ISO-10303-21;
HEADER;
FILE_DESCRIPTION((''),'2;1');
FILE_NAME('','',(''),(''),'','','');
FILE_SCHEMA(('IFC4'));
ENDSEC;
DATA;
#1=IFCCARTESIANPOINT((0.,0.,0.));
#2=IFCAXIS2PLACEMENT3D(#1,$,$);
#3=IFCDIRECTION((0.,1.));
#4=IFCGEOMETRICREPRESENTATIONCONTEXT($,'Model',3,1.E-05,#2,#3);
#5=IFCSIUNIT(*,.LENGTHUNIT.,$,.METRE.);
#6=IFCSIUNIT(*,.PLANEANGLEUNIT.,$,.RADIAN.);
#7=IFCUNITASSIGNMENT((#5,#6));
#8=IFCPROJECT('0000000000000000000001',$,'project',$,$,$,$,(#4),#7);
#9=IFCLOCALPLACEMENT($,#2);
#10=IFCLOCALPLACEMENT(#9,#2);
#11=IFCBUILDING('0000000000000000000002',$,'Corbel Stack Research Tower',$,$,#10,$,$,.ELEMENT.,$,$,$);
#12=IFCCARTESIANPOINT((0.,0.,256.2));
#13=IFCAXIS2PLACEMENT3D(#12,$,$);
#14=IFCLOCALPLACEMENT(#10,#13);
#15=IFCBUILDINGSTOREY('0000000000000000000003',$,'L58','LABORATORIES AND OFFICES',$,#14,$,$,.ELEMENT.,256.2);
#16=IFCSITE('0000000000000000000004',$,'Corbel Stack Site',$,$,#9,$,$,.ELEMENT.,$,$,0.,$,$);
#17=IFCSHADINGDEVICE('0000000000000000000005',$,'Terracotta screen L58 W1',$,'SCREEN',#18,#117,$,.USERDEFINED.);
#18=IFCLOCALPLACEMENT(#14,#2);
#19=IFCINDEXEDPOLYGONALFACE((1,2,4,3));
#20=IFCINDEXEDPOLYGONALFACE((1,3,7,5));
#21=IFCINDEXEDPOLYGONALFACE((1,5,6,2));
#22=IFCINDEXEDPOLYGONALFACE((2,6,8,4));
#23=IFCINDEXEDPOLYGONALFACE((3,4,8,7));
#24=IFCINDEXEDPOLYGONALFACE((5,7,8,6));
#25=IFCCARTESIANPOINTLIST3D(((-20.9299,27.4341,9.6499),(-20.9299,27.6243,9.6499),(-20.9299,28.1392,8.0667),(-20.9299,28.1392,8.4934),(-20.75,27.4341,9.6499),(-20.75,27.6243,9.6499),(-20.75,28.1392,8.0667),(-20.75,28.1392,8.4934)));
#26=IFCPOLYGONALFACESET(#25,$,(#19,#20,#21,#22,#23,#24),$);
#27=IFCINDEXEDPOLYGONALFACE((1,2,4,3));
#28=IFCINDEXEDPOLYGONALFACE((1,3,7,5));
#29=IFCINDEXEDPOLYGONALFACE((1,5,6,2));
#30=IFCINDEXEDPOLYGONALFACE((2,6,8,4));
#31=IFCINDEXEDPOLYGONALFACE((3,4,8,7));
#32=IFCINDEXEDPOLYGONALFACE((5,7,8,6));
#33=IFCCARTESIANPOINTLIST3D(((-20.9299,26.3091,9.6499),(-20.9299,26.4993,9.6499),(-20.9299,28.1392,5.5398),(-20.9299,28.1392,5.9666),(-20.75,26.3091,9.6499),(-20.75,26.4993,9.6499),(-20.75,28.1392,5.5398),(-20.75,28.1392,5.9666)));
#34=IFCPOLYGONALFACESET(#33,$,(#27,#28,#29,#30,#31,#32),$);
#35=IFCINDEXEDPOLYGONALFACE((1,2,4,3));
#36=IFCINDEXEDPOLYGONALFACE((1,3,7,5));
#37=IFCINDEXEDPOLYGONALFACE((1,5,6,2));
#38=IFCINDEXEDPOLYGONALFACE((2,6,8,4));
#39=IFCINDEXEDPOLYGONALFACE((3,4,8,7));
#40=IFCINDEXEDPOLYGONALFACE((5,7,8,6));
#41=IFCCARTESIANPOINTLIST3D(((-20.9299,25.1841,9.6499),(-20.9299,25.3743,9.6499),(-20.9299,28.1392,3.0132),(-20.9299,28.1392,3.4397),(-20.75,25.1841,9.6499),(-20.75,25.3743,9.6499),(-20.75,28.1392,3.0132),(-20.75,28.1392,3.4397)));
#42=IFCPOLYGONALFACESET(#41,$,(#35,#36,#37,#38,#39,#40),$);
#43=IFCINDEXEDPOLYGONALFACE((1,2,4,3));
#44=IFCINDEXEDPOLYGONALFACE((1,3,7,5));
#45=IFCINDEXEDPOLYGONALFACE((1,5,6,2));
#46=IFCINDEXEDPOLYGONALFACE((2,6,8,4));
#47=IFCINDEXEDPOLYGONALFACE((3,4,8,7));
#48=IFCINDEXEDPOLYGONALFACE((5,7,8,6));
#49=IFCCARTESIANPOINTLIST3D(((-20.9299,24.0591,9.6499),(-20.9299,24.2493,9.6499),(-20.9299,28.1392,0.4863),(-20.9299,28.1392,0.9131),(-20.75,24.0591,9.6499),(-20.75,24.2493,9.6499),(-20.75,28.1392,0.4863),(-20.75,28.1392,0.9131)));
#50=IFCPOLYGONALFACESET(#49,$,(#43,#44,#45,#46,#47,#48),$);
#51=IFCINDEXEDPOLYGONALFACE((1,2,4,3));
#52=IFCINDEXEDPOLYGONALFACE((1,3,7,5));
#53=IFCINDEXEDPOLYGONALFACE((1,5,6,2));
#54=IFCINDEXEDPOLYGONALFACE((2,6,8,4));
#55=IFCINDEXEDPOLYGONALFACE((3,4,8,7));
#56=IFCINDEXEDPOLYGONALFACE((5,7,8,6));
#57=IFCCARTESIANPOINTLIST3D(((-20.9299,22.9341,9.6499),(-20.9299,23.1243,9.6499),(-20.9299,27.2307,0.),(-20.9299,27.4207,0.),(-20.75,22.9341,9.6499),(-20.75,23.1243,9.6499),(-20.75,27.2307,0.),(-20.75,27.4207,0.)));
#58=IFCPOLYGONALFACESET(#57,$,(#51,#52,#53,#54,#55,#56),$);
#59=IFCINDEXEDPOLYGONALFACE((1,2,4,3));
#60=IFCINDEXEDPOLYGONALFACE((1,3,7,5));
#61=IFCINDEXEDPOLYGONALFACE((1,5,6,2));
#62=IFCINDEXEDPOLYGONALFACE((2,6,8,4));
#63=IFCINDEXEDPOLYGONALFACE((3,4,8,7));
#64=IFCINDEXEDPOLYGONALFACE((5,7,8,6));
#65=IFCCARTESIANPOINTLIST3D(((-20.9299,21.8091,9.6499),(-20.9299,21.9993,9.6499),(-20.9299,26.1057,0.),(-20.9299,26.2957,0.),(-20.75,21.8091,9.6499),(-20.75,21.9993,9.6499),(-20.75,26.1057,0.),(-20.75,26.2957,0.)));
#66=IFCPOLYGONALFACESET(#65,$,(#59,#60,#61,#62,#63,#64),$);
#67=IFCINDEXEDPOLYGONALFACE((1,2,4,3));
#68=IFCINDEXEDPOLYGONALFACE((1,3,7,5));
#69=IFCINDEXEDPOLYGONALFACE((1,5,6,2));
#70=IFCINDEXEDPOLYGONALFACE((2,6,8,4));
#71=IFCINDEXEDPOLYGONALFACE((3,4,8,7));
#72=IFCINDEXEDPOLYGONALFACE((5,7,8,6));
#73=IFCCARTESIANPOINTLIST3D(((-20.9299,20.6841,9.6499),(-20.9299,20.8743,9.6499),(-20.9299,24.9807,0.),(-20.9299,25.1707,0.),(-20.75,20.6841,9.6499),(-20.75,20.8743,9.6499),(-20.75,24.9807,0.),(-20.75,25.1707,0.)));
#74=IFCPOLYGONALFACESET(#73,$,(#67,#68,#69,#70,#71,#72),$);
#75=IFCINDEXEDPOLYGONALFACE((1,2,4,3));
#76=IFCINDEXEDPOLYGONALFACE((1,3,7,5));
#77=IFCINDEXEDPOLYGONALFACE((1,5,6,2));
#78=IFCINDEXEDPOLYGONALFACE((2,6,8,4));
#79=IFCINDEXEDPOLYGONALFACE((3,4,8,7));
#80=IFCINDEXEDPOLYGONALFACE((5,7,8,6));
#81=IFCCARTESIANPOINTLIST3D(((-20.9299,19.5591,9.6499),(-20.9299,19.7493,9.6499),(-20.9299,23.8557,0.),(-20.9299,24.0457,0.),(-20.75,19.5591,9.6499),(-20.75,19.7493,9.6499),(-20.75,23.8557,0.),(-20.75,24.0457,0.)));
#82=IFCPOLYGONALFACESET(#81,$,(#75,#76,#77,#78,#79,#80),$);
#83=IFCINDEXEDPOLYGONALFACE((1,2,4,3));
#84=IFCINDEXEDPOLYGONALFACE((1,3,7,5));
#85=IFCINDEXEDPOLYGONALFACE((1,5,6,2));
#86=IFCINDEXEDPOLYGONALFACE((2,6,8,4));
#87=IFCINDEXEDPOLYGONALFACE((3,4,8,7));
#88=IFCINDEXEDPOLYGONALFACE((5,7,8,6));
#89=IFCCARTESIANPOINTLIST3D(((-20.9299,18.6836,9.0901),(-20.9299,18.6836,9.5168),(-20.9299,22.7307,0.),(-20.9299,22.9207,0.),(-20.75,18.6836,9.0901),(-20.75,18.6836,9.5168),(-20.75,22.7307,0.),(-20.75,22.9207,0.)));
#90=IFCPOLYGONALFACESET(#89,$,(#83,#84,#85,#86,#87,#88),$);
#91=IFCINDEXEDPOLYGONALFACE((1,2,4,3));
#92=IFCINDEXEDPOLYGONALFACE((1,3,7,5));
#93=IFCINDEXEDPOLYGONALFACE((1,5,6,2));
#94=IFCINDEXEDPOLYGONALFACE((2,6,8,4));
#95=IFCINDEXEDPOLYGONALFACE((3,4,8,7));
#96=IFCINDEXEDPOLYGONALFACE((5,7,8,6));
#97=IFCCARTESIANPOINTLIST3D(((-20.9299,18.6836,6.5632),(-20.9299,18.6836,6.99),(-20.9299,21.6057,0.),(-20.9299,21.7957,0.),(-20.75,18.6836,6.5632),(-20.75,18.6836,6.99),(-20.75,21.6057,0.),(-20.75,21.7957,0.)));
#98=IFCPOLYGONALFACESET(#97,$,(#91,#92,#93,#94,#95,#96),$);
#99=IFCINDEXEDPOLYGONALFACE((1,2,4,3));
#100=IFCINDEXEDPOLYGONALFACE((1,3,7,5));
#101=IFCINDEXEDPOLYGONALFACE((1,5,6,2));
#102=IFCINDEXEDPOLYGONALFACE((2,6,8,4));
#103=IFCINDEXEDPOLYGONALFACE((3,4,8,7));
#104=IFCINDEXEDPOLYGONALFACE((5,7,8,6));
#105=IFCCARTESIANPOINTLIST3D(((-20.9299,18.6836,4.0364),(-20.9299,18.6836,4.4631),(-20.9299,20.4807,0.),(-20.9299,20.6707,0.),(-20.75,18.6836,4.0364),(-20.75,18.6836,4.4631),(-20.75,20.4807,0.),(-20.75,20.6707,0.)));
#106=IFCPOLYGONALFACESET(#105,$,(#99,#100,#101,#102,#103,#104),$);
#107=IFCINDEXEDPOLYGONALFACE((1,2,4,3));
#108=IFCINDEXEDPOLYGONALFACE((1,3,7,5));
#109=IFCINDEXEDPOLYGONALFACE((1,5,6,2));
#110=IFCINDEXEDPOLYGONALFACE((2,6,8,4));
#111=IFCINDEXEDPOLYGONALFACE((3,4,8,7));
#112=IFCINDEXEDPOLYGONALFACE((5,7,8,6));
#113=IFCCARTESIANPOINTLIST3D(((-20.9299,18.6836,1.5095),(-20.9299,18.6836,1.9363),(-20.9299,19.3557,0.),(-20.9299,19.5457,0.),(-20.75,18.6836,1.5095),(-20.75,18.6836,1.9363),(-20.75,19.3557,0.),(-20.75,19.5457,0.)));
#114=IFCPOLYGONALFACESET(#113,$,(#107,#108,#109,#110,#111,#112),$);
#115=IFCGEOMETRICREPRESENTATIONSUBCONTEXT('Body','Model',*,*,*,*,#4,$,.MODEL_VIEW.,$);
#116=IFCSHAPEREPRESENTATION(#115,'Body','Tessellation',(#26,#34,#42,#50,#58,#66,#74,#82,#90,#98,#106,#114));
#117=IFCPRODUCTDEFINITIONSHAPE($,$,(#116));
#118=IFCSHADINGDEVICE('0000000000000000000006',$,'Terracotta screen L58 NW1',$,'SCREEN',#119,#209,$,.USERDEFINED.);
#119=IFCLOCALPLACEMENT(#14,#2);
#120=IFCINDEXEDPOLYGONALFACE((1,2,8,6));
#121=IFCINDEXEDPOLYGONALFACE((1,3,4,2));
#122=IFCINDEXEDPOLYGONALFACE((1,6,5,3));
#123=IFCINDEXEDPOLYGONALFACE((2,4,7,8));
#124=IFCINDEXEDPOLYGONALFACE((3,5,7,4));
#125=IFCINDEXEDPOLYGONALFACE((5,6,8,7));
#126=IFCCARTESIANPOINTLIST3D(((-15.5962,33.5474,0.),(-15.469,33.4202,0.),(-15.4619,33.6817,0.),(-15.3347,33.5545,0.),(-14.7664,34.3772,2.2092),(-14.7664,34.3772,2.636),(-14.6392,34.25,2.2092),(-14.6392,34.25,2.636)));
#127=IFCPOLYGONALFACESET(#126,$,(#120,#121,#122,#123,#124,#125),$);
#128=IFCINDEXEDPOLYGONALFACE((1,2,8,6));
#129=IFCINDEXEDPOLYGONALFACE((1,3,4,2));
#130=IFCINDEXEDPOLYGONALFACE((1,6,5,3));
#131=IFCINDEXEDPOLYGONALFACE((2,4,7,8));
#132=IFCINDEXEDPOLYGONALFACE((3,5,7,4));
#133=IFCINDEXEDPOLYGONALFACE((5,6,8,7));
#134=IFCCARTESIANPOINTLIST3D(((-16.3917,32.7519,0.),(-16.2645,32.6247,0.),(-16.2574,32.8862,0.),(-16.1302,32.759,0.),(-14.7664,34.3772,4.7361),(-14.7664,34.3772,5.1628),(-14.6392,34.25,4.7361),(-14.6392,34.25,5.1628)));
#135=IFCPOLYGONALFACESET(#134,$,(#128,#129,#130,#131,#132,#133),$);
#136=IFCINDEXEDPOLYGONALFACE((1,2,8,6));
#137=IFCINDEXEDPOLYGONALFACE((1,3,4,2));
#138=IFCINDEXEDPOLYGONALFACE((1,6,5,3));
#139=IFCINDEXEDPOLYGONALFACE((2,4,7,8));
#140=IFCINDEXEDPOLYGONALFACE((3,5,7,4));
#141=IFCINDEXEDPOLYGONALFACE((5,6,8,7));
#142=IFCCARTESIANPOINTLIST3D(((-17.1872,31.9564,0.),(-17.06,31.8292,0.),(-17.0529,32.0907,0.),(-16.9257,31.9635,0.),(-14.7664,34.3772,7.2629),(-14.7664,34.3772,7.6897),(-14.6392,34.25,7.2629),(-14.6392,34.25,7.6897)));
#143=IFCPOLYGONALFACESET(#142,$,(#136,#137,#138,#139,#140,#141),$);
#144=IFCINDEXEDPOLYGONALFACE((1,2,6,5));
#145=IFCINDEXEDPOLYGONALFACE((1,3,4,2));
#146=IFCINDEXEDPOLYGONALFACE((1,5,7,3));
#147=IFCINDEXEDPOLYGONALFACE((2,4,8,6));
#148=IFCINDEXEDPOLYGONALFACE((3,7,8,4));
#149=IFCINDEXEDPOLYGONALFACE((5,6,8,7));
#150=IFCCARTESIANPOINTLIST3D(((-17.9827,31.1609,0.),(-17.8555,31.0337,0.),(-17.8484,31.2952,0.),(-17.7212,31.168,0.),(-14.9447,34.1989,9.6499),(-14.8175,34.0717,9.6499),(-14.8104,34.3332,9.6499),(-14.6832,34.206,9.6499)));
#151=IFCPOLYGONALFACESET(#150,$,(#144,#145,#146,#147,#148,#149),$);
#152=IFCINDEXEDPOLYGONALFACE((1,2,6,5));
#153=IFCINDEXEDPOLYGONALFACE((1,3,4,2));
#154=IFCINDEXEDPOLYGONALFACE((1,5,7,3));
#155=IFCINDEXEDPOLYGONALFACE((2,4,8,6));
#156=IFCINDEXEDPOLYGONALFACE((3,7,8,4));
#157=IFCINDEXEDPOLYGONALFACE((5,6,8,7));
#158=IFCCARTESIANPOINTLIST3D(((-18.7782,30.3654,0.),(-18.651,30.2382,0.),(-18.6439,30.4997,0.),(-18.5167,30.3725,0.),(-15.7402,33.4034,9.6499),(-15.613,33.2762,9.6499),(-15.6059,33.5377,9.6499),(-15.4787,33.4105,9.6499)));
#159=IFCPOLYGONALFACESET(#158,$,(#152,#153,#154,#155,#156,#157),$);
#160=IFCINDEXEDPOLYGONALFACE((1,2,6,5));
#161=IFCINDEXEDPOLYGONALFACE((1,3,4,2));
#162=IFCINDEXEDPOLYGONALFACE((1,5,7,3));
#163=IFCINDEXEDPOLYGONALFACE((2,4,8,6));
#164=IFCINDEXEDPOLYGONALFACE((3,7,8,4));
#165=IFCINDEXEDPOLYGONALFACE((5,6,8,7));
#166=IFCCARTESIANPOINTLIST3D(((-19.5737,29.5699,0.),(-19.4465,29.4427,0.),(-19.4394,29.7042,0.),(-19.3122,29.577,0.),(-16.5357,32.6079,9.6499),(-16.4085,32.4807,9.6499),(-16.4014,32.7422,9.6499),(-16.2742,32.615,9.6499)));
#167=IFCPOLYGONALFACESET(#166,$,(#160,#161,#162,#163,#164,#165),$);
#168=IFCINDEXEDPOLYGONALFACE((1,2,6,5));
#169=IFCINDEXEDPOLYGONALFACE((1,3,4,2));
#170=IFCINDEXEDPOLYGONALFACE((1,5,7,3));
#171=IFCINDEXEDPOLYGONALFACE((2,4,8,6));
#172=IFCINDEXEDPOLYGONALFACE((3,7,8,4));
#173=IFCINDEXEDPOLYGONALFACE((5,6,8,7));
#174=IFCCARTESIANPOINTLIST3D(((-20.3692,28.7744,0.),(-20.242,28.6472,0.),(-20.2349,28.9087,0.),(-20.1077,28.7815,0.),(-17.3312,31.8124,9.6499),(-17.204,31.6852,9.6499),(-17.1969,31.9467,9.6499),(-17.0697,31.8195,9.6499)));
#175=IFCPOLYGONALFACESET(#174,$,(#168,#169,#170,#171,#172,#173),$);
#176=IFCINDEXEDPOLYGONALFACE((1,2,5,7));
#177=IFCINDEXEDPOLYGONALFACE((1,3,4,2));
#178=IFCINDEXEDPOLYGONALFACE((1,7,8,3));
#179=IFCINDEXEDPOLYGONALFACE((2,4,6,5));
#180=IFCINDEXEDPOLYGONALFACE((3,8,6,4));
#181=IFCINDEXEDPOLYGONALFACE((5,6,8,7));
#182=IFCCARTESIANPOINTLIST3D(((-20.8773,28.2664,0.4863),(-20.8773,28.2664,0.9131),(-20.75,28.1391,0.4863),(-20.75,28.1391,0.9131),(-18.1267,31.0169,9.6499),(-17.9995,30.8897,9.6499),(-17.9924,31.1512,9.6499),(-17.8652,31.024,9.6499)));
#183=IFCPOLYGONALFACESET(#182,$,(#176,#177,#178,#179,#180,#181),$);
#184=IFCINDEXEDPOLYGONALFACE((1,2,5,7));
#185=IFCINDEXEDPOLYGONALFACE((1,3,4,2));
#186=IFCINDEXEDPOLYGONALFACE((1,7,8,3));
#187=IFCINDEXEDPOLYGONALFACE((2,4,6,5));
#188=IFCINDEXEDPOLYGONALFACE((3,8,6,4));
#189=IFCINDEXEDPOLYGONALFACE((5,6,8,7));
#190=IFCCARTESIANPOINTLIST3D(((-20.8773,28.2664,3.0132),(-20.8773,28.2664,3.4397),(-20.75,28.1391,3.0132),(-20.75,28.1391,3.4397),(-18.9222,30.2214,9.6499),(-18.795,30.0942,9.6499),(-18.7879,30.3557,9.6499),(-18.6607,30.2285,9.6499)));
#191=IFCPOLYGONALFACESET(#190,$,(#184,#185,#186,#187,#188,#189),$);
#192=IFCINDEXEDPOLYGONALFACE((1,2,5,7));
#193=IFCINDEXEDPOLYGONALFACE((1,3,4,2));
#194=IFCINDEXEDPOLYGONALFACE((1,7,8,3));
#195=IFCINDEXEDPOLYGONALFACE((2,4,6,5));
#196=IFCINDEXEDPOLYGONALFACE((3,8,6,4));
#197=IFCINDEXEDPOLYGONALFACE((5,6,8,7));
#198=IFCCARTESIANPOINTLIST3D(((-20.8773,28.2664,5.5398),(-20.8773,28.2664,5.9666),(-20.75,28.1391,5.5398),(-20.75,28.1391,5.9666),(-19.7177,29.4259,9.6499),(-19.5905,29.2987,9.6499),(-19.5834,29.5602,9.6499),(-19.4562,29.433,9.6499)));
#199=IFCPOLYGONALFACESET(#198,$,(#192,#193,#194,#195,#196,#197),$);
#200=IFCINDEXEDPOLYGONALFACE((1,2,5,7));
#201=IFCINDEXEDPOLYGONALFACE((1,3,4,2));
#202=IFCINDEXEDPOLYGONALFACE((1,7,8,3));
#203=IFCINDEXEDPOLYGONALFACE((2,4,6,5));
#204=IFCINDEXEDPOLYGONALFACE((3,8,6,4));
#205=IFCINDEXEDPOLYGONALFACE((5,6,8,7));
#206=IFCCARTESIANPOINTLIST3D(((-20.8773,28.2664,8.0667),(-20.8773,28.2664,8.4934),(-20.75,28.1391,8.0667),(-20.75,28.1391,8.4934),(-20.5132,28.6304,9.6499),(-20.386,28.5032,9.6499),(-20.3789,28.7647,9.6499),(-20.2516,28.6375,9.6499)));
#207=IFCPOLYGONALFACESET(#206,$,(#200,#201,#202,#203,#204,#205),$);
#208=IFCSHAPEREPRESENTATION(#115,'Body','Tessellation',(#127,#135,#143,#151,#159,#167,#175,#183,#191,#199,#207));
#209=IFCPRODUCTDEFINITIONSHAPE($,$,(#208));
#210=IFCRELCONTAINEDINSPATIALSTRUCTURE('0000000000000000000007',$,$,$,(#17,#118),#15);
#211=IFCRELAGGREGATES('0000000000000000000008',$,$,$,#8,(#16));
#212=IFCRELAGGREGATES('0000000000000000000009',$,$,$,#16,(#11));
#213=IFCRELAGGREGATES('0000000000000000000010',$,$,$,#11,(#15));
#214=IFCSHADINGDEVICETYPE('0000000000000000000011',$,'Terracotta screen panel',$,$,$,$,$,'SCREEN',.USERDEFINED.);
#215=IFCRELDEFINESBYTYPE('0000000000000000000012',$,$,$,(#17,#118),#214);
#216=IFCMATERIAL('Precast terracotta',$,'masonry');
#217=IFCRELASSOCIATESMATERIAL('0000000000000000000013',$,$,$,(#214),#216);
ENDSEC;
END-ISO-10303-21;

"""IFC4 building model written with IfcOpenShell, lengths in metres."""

from ifc_helpers import new_model, si_unit, direction, frame, origin, place, context, subcontext, project, spatial, polyline, outline, extrude, source, transform, mapped, material, type_object, element, save


model = new_model("IFC4")

# Units and contexts
model_context = context("Model", 3, precision=1e-05, world=origin(), true_north=direction((0.0, 1.0)))
body_context = subcontext(model_context, "Body", "Model", "MODEL_VIEW")
ifc_project = project(units=[si_unit("LENGTHUNIT", "METRE"), si_unit("PLANEANGLEUNIT", "RADIAN")], contexts=[model_context])

# Site, building, storey
site_placement = place(None, origin())
site = spatial("IfcSite", under=ifc_project, at=site_placement, Name="Corbel Stack Site", CompositionType="ELEMENT", RefElevation=0.0)
building_placement = place(site_placement, origin())
building = spatial("IfcBuilding", under=site, at=building_placement, Name="Corbel Stack Research Tower", CompositionType="ELEMENT")
storey_placement = place(building_placement, frame((0.0, 0.0, 256.2)))
storey = spatial("IfcBuildingStorey", under=building, at=storey_placement, Name="L58", Description="LABORATORIES AND OFFICES", CompositionType="ELEMENT", Elevation=256.2)

# Shading devices
ifc_material_1 = material(Name="Precast terracotta", Category="masonry")
shading_device_type = type_object("IfcShadingDeviceType", Name="Terracotta screen panel", ElementType="SCREEN", PredefinedType="USERDEFINED", material=ifc_material_1)
shared_shape_1 = source(origin(), body_context, "Body", "SweptSolid", [
    extrude(outline(polyline([(0.7051, 9.6499), (0.5149, 9.6499), (0.0, 8.4934), (0.0, 8.0667), (0.7051, 9.6499)])), frame((0.0, 0.0, 0.0), z_axis=(0.0, -1.0, 0.0), x_axis=(1.0, 0.0, 0.0)), (0.0, 0.0, 1.0), 0.1799),
    extrude(outline(polyline([(1.8301, 9.6499), (1.6399, 9.6499), (0.0, 5.9666), (0.0, 5.5398), (1.8301, 9.6499)])), frame((0.0, 0.0, 0.0), z_axis=(0.0, -1.0, 0.0), x_axis=(1.0, 0.0, 0.0)), (0.0, 0.0, 1.0), 0.1799),
    extrude(outline(polyline([(2.9551, 9.6499), (2.7649, 9.6499), (0.0, 3.4397), (0.0, 3.0132), (2.9551, 9.6499)])), frame((0.0, 0.0, 0.0), z_axis=(0.0, -1.0, 0.0), x_axis=(1.0, 0.0, 0.0)), (0.0, 0.0, 1.0), 0.1799),
    extrude(outline(polyline([(4.0801, 9.6499), (3.8899, 9.6499), (0.0, 0.9131), (0.0, 0.4863), (4.0801, 9.6499)])), frame((0.0, 0.0, 0.0), z_axis=(0.0, -1.0, 0.0), x_axis=(1.0, 0.0, 0.0)), (0.0, 0.0, 1.0), 0.1799),
    extrude(outline(polyline([(0.9084, 0.0), (5.2051, 9.6499), (5.0149, 9.6499), (0.7185, 0.0), (0.9084, 0.0)])), frame((0.0, 0.0, 0.0), z_axis=(0.0, -1.0, 0.0), x_axis=(1.0, 0.0, 0.0)), (0.0, 0.0, 1.0), 0.1799),
    extrude(outline(polyline([(2.0334, 0.0), (6.3301, 9.6499), (6.1399, 9.6499), (1.8435, 0.0), (2.0334, 0.0)])), frame((0.0, 0.0, 0.0), z_axis=(0.0, -1.0, 0.0), x_axis=(1.0, 0.0, 0.0)), (0.0, 0.0, 1.0), 0.1799),
    extrude(outline(polyline([(3.1584, 0.0), (7.4551, 9.6499), (7.2649, 9.6499), (2.9685, 0.0), (3.1584, 0.0)])), frame((0.0, 0.0, 0.0), z_axis=(0.0, -1.0, 0.0), x_axis=(1.0, 0.0, 0.0)), (0.0, 0.0, 1.0), 0.1799),
    extrude(outline(polyline([(4.2834, 0.0), (8.5801, 9.6499), (8.3899, 9.6499), (4.0935, 0.0), (4.2834, 0.0)])), frame((0.0, 0.0, 0.0), z_axis=(0.0, -1.0, 0.0), x_axis=(1.0, 0.0, 0.0)), (0.0, 0.0, 1.0), 0.1799),
    extrude(outline(polyline([(5.4084, 0.0), (9.4556, 9.0901), (9.4556, 9.5168), (5.2185, 0.0), (5.4084, 0.0)])), frame((0.0, 0.0, 0.0), z_axis=(0.0, -1.0, 0.0), x_axis=(1.0, 0.0, 0.0)), (0.0, 0.0, 1.0), 0.1799),
    extrude(outline(polyline([(6.5334, 0.0), (9.4556, 6.5632), (9.4556, 6.99), (6.3435, 0.0), (6.5334, 0.0)])), frame((0.0, 0.0, 0.0), z_axis=(0.0, -1.0, 0.0), x_axis=(1.0, 0.0, 0.0)), (0.0, 0.0, 1.0), 0.1799),
    extrude(outline(polyline([(7.6584, 0.0), (9.4556, 4.0364), (9.4556, 4.4631), (7.4685, 0.0), (7.6584, 0.0)])), frame((0.0, 0.0, 0.0), z_axis=(0.0, -1.0, 0.0), x_axis=(1.0, 0.0, 0.0)), (0.0, 0.0, 1.0), 0.1799),
    extrude(outline(polyline([(8.7834, 0.0), (9.4556, 1.5095), (9.4556, 1.9363), (8.5935, 0.0), (8.7834, 0.0)])), frame((0.0, 0.0, 0.0), z_axis=(0.0, -1.0, 0.0), x_axis=(1.0, 0.0, 0.0)), (0.0, 0.0, 1.0), 0.1799),
])
shading_device_1_placement = place(storey_placement, frame((-20.75, 28.1392, 0.0), z_axis=(0.0, 0.0, 1.0), x_axis=(0.0, -1.0, 0.0)))
element("IfcShadingDevice", 1, at=shading_device_1_placement, inside=storey, type_object=shading_device_type, Name="Terracotta screen L58 W1", ObjectType="SCREEN", PredefinedType="USERDEFINED", context=body_context, shape_type="MappedRepresentation", body=[
    mapped(shared_shape_1, transform((0.0, 0.0, 0.0))),
])
shared_shape_2 = source(origin(), body_context, "Body", "SweptSolid", [
    extrude(outline(polyline([(1.1736, 0.0), (0.0, 2.636), (0.0, 2.2092), (0.9836, 0.0), (1.1736, 0.0)])), frame((0.0, 0.0, 0.0), z_axis=(0.0, -1.0, 0.0), x_axis=(1.0, 0.0, 0.0)), (0.0, 0.0, 1.0), 0.1799),
    extrude(outline(polyline([(2.2986, 0.0), (0.0, 5.1628), (0.0, 4.7361), (2.1086, 0.0), (2.2986, 0.0)])), frame((0.0, 0.0, 0.0), z_axis=(0.0, -1.0, 0.0), x_axis=(1.0, 0.0, 0.0)), (0.0, 0.0, 1.0), 0.1799),
    extrude(outline(polyline([(3.4236, 0.0), (0.0, 7.6897), (0.0, 7.2629), (3.2336, 0.0), (3.4236, 0.0)])), frame((0.0, 0.0, 0.0), z_axis=(0.0, -1.0, 0.0), x_axis=(1.0, 0.0, 0.0)), (0.0, 0.0, 1.0), 0.1799),
    extrude(outline(polyline([(4.5486, 0.0), (0.2522, 9.6499), (0.0623, 9.6499), (4.3586, 0.0), (4.5486, 0.0)])), frame((0.0, 0.0, 0.0), z_axis=(0.0, -1.0, 0.0), x_axis=(1.0, 0.0, 0.0)), (0.0, 0.0, 1.0), 0.1799),
    extrude(outline(polyline([(5.6736, 0.0), (1.3772, 9.6499), (1.1873, 9.6499), (5.4836, 0.0), (5.6736, 0.0)])), frame((0.0, 0.0, 0.0), z_axis=(0.0, -1.0, 0.0), x_axis=(1.0, 0.0, 0.0)), (0.0, 0.0, 1.0), 0.1799),
    extrude(outline(polyline([(6.7986, 0.0), (2.5022, 9.6499), (2.3123, 9.6499), (6.6086, 0.0), (6.7986, 0.0)])), frame((0.0, 0.0, 0.0), z_axis=(0.0, -1.0, 0.0), x_axis=(1.0, 0.0, 0.0)), (0.0, 0.0, 1.0), 0.1799),
    extrude(outline(polyline([(7.9236, 0.0), (3.6272, 9.6499), (3.4373, 9.6499), (7.7336, 0.0), (7.9236, 0.0)])), frame((0.0, 0.0, 0.0), z_axis=(0.0, -1.0, 0.0), x_axis=(1.0, 0.0, 0.0)), (0.0, 0.0, 1.0), 0.1799),
    extrude(outline(polyline([(4.7522, 9.6499), (4.5623, 9.6499), (8.6421, 0.4863), (8.6421, 0.9131), (4.7522, 9.6499)])), frame((0.0, 0.0, 0.0), z_axis=(0.0, -1.0, 0.0), x_axis=(1.0, 0.0, 0.0)), (0.0, 0.0, 1.0), 0.1799),
    extrude(outline(polyline([(5.8772, 9.6499), (5.6873, 9.6499), (8.6421, 3.0132), (8.6421, 3.4397), (5.8772, 9.6499)])), frame((0.0, 0.0, 0.0), z_axis=(0.0, -1.0, 0.0), x_axis=(1.0, 0.0, 0.0)), (0.0, 0.0, 1.0), 0.1799),
    extrude(outline(polyline([(7.0022, 9.6499), (6.8123, 9.6499), (8.6421, 5.5398), (8.6421, 5.9666), (7.0022, 9.6499)])), frame((0.0, 0.0, 0.0), z_axis=(0.0, -1.0, 0.0), x_axis=(1.0, 0.0, 0.0)), (0.0, 0.0, 1.0), 0.1799),
    extrude(outline(polyline([(8.1272, 9.6499), (7.9373, 9.6499), (8.6421, 8.0667), (8.6421, 8.4934), (8.1272, 9.6499)])), frame((0.0, 0.0, 0.0), z_axis=(0.0, -1.0, 0.0), x_axis=(1.0, 0.0, 0.0)), (0.0, 0.0, 1.0), 0.1799),
])
shading_device_2_placement = place(storey_placement, frame((-14.6392, 34.25, 0.0), z_axis=(0.0, 0.0, 1.0), x_axis=(-0.707107, -0.707107, 0.0)))
element("IfcShadingDevice", 2, at=shading_device_2_placement, inside=storey, type_object=shading_device_type, Name="Terracotta screen L58 NW1", ObjectType="SCREEN", PredefinedType="USERDEFINED", context=body_context, shape_type="MappedRepresentation", body=[
    mapped(shared_shape_2, transform((0.0, 0.0, 0.0))),
])

save(model, "model.ifc")
